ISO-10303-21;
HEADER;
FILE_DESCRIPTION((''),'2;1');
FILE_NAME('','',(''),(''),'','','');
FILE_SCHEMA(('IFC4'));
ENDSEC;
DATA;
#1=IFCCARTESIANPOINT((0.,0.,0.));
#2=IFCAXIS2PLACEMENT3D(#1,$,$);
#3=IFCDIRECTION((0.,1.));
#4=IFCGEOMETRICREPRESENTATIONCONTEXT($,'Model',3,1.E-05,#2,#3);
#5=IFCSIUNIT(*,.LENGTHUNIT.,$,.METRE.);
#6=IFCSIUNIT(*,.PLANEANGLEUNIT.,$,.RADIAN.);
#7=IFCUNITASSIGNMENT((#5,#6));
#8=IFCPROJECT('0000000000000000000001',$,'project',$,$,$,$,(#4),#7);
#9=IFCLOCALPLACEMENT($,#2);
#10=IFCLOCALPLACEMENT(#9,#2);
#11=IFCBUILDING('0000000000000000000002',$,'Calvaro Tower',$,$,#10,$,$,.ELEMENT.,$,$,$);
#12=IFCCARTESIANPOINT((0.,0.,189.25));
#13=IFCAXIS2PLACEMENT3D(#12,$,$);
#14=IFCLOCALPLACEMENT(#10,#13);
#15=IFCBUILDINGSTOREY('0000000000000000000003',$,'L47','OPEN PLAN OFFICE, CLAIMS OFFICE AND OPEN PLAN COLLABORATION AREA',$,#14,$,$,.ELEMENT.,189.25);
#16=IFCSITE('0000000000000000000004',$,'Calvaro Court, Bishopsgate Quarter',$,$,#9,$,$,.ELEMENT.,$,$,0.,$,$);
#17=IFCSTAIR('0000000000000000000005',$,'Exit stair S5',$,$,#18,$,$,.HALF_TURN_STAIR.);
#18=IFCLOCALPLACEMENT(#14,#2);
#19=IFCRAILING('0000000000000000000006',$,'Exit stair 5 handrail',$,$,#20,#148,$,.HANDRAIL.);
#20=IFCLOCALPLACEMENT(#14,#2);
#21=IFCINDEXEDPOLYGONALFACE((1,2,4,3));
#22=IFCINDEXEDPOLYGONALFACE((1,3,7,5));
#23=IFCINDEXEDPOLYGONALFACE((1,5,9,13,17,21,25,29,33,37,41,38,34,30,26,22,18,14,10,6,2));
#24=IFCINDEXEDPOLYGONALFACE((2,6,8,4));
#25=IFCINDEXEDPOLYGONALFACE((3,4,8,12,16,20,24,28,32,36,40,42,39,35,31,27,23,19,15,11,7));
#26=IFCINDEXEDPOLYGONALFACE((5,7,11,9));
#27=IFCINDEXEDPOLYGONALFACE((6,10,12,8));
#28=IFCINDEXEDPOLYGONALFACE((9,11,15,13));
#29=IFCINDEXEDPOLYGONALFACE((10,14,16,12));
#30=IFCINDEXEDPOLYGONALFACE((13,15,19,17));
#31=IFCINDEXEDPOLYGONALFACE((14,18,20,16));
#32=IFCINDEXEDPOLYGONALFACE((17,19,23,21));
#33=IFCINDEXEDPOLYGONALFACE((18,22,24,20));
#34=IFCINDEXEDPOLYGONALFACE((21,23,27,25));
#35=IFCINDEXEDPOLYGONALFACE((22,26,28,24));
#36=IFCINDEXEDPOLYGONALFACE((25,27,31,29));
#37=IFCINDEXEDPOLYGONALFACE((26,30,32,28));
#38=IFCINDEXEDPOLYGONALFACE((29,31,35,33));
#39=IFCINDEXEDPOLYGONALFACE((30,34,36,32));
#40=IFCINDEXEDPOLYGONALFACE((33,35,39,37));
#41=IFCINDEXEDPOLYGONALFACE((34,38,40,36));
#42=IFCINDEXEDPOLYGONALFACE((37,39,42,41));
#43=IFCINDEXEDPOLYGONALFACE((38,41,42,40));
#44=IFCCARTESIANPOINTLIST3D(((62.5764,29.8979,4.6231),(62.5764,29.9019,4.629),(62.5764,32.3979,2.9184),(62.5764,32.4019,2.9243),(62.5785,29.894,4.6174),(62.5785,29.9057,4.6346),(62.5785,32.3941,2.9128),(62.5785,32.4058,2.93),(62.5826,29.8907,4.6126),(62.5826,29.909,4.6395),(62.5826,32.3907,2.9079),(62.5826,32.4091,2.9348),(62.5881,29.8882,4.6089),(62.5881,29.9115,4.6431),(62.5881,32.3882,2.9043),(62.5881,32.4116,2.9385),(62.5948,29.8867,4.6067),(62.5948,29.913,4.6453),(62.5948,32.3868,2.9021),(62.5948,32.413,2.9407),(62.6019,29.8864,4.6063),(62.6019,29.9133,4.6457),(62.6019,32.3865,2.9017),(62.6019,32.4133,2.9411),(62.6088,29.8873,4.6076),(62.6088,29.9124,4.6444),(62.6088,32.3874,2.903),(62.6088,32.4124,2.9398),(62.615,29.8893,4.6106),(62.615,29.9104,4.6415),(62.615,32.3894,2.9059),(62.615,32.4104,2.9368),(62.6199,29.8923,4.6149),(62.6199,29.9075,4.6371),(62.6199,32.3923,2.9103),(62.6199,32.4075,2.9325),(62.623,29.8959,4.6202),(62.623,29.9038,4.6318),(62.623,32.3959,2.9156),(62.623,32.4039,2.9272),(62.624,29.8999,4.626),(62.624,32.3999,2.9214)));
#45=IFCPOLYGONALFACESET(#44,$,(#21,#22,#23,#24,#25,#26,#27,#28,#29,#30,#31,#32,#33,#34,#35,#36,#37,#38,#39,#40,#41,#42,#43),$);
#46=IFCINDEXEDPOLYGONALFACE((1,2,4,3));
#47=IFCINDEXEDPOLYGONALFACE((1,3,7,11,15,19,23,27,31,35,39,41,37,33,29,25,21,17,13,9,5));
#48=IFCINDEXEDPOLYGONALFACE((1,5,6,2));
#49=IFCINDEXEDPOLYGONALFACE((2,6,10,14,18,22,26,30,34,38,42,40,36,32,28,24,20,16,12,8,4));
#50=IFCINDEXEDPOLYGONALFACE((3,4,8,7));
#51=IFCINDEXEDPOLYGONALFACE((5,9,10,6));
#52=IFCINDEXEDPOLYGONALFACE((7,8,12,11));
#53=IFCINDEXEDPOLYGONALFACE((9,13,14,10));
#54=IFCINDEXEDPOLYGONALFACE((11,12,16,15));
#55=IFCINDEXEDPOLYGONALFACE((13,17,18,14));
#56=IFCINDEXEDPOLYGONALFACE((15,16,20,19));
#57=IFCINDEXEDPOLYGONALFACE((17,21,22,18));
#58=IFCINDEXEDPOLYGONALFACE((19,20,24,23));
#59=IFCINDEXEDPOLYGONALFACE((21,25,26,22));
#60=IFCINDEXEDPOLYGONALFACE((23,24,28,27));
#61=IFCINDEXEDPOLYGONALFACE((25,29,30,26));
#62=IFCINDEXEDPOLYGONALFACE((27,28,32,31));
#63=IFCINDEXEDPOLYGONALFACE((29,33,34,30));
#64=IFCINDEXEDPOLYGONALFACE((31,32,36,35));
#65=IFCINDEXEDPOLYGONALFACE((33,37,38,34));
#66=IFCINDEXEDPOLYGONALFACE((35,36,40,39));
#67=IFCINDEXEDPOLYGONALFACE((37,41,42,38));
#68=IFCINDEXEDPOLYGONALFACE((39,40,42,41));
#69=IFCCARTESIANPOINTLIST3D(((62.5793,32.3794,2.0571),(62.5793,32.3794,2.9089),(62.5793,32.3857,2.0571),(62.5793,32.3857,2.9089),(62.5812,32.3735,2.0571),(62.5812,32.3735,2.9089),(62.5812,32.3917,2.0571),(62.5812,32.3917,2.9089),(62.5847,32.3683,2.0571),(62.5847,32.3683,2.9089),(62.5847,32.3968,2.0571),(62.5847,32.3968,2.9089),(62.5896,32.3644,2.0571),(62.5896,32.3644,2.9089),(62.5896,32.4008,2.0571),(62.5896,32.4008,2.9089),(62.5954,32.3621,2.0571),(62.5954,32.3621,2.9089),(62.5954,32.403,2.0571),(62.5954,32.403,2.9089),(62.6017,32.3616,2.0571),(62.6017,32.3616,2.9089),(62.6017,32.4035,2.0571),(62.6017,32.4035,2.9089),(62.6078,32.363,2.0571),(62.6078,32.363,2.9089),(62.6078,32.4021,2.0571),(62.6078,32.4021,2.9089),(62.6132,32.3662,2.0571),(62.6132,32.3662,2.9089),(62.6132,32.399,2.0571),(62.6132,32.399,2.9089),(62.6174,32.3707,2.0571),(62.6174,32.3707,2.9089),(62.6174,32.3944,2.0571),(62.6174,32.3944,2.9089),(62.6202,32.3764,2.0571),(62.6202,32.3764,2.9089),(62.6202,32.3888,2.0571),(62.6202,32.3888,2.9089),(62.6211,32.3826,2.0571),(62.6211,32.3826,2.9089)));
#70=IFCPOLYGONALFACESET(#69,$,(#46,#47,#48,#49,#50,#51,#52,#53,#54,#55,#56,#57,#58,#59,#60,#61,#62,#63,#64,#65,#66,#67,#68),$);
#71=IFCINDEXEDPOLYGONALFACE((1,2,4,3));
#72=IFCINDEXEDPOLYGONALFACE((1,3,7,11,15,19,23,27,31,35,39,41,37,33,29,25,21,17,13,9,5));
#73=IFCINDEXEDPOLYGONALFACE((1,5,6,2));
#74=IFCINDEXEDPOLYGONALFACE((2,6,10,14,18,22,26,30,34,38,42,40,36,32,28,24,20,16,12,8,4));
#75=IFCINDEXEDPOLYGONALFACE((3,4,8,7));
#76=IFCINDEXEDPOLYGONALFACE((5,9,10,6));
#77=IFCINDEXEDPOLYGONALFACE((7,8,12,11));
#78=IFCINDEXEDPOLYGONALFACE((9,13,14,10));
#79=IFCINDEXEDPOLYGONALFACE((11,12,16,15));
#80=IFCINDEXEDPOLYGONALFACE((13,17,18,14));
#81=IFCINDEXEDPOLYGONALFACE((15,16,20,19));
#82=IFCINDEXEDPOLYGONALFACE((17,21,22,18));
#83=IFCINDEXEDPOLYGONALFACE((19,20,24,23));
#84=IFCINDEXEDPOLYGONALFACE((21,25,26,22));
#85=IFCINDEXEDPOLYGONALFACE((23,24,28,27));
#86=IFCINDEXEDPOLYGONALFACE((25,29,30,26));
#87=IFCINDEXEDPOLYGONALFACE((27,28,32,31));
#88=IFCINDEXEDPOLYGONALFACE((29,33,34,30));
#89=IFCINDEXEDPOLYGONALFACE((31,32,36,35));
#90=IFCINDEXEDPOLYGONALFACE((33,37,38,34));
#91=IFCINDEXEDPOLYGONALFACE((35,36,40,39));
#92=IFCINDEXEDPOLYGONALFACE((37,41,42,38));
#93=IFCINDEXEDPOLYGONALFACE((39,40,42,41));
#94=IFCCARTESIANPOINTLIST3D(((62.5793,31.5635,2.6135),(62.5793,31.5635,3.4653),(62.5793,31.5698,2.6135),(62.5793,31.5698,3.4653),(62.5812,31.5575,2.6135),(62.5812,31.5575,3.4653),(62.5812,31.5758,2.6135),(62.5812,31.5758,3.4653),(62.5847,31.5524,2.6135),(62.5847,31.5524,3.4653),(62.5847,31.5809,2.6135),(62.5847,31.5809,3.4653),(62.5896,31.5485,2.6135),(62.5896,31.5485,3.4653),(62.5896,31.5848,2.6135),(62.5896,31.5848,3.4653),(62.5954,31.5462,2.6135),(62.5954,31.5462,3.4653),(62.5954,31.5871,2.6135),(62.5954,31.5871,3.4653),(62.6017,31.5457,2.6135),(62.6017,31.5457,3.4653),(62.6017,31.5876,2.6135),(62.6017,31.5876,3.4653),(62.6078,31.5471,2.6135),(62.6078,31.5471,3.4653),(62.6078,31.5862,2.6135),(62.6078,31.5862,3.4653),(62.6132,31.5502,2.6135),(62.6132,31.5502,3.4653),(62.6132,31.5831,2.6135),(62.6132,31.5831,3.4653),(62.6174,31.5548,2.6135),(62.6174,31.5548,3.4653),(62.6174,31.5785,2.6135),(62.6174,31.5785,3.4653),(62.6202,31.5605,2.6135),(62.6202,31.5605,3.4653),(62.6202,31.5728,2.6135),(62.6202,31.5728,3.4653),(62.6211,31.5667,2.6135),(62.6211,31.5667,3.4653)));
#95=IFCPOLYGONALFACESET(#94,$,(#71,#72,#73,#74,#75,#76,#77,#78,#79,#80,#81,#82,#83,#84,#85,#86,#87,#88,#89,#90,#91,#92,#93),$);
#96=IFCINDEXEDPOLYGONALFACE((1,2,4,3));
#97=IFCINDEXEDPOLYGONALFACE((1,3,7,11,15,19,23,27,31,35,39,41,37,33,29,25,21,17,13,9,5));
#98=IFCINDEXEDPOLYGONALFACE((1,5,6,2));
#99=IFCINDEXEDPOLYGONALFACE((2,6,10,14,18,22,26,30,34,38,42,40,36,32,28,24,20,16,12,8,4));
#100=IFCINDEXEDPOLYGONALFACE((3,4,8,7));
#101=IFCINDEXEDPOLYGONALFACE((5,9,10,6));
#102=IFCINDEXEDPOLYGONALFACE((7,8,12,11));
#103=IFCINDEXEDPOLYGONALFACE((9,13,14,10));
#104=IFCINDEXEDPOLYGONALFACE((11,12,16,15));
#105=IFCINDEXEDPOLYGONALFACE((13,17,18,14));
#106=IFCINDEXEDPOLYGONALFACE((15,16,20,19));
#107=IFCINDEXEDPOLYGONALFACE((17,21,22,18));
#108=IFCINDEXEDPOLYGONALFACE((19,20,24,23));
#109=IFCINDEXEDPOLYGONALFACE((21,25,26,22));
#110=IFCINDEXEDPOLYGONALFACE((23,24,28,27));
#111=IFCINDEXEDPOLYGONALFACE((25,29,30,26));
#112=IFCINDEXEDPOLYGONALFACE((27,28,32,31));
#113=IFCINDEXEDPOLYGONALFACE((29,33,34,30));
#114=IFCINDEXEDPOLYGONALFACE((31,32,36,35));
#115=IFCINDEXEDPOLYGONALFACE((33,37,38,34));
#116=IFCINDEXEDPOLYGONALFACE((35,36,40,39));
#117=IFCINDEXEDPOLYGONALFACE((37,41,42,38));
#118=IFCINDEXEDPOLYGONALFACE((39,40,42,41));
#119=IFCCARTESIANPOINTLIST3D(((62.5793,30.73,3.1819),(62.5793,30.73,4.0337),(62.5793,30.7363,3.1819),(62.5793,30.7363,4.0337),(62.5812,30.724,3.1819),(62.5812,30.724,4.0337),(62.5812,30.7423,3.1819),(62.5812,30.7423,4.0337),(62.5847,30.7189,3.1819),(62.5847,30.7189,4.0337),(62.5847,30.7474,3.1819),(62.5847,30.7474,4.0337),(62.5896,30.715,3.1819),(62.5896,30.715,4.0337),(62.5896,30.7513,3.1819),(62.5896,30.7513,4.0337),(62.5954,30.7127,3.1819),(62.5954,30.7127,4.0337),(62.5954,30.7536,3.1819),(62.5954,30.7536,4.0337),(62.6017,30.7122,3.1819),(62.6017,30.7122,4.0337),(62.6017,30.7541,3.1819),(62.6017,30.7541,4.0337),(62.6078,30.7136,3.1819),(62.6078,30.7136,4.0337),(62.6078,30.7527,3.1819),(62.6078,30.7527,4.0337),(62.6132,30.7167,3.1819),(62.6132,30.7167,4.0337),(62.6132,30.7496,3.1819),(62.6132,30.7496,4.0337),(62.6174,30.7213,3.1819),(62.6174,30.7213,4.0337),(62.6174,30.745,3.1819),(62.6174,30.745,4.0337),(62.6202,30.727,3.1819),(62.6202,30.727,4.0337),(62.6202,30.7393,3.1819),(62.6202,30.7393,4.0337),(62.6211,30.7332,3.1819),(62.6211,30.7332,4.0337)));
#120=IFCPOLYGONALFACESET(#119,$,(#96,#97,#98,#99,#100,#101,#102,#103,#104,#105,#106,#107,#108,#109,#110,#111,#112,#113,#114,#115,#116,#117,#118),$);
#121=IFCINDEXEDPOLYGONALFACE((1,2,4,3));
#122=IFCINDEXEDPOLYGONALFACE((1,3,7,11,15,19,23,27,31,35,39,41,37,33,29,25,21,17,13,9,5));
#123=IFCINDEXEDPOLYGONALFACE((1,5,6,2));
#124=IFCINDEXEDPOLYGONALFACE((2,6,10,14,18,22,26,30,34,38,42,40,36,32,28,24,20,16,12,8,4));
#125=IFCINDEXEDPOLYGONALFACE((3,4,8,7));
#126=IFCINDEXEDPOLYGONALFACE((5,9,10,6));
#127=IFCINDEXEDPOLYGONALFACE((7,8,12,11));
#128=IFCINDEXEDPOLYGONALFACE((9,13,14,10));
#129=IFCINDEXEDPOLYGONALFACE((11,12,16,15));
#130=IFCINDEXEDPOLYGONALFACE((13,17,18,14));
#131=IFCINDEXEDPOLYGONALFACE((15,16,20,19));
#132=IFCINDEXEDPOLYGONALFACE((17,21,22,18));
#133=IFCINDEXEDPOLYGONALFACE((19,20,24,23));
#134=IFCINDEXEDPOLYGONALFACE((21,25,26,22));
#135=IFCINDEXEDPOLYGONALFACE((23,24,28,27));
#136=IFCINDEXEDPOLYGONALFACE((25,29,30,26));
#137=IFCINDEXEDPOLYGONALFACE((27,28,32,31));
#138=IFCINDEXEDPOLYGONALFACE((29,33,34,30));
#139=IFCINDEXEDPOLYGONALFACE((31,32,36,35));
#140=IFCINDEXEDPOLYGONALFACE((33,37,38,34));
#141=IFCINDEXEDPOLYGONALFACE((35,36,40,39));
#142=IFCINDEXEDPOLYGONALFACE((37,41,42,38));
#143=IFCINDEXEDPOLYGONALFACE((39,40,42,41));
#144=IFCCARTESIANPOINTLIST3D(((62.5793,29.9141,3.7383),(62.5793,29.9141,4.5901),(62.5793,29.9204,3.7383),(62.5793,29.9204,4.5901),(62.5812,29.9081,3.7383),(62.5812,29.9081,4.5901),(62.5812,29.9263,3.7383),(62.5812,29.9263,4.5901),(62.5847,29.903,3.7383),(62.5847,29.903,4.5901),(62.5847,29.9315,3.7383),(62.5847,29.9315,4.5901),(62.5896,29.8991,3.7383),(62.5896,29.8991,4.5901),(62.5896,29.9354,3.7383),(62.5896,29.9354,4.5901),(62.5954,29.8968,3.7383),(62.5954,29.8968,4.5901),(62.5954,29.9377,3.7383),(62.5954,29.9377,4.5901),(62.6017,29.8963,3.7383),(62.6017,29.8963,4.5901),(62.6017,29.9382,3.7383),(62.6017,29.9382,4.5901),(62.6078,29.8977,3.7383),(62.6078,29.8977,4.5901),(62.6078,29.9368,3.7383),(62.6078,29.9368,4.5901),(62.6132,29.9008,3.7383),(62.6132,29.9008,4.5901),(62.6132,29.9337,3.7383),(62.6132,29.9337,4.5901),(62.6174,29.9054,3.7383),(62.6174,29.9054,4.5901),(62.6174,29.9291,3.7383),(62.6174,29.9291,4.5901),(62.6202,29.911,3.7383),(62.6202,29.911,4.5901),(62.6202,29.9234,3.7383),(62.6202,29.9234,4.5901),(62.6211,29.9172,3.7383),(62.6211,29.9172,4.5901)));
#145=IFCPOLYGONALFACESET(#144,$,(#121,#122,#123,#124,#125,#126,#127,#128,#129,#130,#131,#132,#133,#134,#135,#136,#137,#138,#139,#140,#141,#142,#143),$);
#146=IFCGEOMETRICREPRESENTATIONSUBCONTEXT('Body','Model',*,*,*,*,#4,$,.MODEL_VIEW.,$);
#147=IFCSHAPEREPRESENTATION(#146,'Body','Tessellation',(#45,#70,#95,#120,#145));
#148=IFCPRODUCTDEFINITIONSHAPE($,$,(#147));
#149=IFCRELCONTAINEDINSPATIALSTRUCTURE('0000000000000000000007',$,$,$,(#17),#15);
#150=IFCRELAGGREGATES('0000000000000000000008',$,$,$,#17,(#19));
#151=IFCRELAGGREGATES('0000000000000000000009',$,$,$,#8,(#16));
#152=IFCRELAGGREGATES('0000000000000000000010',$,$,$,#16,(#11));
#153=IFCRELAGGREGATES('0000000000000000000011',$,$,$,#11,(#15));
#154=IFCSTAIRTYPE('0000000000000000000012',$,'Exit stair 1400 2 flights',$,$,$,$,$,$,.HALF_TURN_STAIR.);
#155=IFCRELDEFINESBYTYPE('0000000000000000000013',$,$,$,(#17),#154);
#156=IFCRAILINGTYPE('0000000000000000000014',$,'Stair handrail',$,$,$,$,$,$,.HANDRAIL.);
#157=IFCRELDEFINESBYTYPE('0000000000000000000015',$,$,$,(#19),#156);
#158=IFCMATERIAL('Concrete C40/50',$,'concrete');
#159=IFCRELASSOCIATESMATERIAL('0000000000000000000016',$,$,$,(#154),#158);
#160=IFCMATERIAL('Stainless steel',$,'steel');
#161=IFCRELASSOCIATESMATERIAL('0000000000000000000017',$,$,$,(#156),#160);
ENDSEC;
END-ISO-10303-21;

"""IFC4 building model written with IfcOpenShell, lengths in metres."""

from ifc_helpers import new_model, si_unit, direction, frame, origin, origin_2d, place, context, subcontext, project, spatial, circle, extrude, material, type_object, element, aggregate, save


model = new_model("IFC4")

# Units and contexts
model_context = context("Model", 3, precision=1e-05, world=origin(), true_north=direction((0.0, 1.0)))
body_context = subcontext(model_context, "Body", "Model", "MODEL_VIEW")
ifc_project = project(units=[si_unit("LENGTHUNIT", "METRE"), si_unit("PLANEANGLEUNIT", "RADIAN")], contexts=[model_context])

# Site, building, storey
site_placement = place(None, origin())
site = spatial("IfcSite", under=ifc_project, at=site_placement, Name="Calvaro Court, Bishopsgate Quarter", CompositionType="ELEMENT", RefElevation=0.0)
building_placement = place(site_placement, origin())
building = spatial("IfcBuilding", under=site, at=building_placement, Name="Calvaro Tower", CompositionType="ELEMENT")
storey_placement = place(building_placement, frame((0.0, 0.0, 189.25)))
storey = spatial("IfcBuildingStorey", under=building, at=storey_placement, Name="L47", Description="OPEN PLAN OFFICE, CLAIMS OFFICE AND OPEN PLAN COLLABORATION AREA", CompositionType="ELEMENT", Elevation=189.25)

# Stair
ifc_material_1 = material(Name="Concrete C40/50", Category="concrete")
stair_type = type_object("IfcStairType", Name="Exit stair 1400 2 flights", PredefinedType="HALF_TURN_STAIR", material=ifc_material_1)
stair_1_placement = place(storey_placement, origin())
stair_1 = element("IfcStair", 1, at=stair_1_placement, inside=storey, type_object=stair_type, Name="Exit stair S5", PredefinedType="HALF_TURN_STAIR")

# Railing
ifc_material_2 = material(Name="Stainless steel", Category="steel")
railing_type = type_object("IfcRailingType", Name="Stair handrail", PredefinedType="HANDRAIL", material=ifc_material_2)
railing_1_placement = place(storey_placement, frame((62.6001, 32.3999, 2.0454)))
railing_1 = element("IfcRailing", 2, at=railing_1_placement, type_object=railing_type, Name="Exit stair 5 handrail", PredefinedType="HANDRAIL", context=body_context, shape_type="SweptSolid", body=[
    extrude(circle(Radius=0.0239, at=origin_2d()), frame((0.0, 0.0, 0.876), z_axis=(0.0, -0.826221, 0.563347), x_axis=(1.0, 0.0, 0.0)), (0.0, 0.0, 1.0), 3.0259),
    extrude(circle(Radius=0.021, at=origin_2d()), frame((0.0, -0.0173, 0.0117)), (0.0, 0.0, 1.0), 0.8518),
    extrude(circle(Radius=0.021, at=origin_2d()), frame((0.0, -0.8333, 0.5681)), (0.0, 0.0, 1.0), 0.8518),
    extrude(circle(Radius=0.021, at=origin_2d()), frame((0.0, -1.6667, 1.1365)), (0.0, 0.0, 1.0), 0.8518),
    extrude(circle(Radius=0.021, at=origin_2d()), frame((0.0, -2.4827, 1.6929)), (0.0, 0.0, 1.0), 0.8518),
])
aggregate(stair_1, [railing_1])

save(model, "model.ifc")
